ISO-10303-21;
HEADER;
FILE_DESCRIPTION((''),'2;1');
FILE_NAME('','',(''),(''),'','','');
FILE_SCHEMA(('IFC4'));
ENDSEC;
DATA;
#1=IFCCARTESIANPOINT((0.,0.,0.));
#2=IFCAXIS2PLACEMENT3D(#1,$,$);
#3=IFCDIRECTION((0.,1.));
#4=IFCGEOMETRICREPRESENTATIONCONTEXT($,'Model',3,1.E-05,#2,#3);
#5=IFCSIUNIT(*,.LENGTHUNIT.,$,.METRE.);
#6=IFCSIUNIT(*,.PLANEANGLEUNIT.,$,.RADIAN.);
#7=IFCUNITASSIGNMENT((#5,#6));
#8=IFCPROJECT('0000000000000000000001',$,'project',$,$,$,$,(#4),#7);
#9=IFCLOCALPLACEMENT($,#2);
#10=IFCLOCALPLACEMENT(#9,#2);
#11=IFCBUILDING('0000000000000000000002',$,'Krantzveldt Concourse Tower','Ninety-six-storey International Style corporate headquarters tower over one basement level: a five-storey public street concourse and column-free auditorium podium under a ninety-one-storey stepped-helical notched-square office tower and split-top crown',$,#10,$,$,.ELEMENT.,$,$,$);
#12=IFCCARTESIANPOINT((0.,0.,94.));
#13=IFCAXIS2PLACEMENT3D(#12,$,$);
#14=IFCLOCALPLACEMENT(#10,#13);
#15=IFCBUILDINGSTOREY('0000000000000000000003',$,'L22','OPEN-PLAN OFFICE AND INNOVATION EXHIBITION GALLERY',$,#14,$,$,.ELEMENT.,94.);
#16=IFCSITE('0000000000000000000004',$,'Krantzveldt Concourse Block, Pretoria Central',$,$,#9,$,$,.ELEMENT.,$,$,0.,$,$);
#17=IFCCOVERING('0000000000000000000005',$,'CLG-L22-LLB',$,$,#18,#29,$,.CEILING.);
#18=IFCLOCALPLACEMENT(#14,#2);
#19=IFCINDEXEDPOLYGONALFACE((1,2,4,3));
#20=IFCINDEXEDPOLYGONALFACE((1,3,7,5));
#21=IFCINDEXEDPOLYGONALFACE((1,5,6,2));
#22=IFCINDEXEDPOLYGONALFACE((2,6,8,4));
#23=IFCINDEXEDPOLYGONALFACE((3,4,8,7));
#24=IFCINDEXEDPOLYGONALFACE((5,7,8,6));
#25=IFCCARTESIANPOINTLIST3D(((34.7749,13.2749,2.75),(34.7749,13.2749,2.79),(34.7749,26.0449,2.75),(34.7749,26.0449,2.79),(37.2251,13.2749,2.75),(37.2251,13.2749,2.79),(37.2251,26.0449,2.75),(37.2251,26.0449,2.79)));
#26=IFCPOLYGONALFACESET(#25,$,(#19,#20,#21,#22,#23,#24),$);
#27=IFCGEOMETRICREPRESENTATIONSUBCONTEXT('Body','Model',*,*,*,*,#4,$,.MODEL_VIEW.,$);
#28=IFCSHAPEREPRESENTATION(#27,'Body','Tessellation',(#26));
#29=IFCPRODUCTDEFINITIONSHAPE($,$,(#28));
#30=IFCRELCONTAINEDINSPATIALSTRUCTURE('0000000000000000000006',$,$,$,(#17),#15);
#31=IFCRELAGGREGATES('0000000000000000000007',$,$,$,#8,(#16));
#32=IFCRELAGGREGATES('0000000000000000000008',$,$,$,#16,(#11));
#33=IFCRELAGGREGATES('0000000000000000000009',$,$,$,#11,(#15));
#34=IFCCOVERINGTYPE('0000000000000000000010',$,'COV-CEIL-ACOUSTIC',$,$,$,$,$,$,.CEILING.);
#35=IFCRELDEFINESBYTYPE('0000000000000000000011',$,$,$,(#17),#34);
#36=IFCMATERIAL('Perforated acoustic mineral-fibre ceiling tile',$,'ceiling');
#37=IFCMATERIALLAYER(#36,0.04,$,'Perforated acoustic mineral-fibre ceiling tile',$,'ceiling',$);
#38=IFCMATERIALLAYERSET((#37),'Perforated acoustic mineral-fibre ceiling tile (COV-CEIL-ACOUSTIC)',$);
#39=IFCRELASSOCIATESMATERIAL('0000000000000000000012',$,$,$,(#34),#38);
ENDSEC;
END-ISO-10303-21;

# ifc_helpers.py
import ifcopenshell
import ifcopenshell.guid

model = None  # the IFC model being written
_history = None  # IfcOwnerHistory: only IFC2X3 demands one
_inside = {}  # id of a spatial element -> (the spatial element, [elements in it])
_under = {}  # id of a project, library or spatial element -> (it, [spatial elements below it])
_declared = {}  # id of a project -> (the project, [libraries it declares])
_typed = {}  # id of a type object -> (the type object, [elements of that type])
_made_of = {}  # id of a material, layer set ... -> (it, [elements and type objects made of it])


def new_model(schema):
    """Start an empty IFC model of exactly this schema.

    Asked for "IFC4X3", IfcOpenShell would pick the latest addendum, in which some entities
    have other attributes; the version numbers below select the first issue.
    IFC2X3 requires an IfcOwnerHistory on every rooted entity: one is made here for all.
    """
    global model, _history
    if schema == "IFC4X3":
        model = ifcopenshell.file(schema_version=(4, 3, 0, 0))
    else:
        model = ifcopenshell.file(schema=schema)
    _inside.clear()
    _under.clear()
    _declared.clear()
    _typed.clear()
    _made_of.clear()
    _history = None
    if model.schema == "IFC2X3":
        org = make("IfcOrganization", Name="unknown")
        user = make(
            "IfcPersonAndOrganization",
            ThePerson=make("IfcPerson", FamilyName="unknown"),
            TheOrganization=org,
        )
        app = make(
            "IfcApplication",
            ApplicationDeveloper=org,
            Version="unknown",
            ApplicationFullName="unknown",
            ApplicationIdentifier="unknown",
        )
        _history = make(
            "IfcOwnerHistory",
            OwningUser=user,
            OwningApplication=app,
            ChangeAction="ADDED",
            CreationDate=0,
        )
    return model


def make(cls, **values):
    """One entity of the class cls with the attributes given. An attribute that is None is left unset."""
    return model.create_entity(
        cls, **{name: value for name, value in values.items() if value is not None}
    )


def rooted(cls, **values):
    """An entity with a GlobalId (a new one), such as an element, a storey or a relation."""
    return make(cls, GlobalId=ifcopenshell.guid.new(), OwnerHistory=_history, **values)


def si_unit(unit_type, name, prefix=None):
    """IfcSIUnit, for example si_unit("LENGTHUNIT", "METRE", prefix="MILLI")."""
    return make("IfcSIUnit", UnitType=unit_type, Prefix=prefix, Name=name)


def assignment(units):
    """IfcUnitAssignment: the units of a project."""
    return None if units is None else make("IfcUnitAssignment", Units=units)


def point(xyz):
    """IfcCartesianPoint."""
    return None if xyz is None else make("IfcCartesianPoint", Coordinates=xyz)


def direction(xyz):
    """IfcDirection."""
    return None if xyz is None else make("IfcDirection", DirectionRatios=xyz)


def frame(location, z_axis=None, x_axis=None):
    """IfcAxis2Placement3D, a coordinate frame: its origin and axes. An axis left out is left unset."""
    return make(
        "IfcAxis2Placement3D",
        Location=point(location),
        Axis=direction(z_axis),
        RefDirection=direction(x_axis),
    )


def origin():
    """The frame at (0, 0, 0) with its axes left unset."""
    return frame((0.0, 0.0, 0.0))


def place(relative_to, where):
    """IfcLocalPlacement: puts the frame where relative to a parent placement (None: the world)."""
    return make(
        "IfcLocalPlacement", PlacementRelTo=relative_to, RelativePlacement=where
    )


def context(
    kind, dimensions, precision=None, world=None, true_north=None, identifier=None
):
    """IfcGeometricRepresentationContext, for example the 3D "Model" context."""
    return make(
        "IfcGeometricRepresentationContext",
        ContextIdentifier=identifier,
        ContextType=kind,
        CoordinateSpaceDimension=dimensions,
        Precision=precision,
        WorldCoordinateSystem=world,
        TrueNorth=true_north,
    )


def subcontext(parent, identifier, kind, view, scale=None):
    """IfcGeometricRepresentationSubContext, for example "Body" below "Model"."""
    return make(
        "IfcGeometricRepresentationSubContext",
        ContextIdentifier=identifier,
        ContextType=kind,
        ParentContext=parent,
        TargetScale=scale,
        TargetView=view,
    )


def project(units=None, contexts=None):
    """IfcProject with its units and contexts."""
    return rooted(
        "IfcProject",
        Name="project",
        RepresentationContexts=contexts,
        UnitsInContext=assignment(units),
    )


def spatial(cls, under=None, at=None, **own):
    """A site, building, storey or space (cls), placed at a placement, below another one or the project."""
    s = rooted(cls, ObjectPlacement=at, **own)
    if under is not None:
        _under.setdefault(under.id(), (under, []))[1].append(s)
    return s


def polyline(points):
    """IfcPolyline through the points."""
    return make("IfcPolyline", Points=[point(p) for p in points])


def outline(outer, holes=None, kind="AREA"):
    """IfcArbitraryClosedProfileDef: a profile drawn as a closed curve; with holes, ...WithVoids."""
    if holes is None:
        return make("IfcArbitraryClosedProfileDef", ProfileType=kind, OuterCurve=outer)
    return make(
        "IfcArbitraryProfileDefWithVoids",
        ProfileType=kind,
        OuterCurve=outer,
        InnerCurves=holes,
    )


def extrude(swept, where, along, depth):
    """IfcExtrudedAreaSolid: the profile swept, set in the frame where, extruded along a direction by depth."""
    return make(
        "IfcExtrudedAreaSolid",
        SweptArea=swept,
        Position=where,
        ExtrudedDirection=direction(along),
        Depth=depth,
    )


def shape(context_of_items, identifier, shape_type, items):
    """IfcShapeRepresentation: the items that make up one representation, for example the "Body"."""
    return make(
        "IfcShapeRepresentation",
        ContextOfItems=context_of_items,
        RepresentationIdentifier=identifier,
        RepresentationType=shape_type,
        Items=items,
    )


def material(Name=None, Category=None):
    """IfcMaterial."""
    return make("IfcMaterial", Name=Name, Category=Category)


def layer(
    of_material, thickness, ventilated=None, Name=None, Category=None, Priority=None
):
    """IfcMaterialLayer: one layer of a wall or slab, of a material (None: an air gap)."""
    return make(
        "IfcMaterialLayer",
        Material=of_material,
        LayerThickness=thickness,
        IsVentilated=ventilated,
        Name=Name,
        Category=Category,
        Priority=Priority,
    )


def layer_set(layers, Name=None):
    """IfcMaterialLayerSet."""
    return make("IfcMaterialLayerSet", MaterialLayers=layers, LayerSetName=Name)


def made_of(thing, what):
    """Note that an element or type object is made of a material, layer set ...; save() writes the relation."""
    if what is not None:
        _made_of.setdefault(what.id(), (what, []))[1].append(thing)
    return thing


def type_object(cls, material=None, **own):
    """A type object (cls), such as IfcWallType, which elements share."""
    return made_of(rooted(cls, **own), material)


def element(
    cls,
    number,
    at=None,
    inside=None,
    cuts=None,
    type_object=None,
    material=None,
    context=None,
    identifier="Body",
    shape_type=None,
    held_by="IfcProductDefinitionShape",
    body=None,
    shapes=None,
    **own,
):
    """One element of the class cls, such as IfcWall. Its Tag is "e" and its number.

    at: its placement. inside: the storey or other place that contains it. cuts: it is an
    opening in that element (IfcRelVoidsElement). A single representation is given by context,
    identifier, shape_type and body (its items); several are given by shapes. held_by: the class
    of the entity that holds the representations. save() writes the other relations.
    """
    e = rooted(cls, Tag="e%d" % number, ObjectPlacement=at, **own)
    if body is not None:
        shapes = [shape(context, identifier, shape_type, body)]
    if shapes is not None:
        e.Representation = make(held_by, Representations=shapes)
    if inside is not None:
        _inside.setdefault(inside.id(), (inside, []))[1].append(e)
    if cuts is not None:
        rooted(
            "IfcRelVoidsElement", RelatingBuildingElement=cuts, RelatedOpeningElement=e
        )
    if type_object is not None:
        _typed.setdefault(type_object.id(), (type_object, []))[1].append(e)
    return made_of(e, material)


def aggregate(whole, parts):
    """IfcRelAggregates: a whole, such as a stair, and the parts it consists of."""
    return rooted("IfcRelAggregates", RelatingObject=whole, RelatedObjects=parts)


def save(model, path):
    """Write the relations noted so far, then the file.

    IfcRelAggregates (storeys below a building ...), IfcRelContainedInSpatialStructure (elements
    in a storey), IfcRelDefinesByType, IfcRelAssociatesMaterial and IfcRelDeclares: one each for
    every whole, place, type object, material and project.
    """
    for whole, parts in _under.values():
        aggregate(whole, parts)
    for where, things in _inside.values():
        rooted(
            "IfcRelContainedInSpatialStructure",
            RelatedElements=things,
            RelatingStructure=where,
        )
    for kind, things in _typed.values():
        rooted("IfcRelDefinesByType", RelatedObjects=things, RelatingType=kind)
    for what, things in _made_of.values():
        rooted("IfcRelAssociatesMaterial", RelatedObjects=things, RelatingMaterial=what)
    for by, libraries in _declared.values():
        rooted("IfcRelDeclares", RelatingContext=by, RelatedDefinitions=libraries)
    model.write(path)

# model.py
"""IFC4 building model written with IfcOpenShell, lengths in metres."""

from ifc_helpers import new_model, si_unit, direction, frame, origin, place, context, subcontext, project, spatial, polyline, outline, extrude, material, layer, layer_set, type_object, element, save


model = new_model("IFC4")

# Units and contexts
model_context = context("Model", 3, precision=1e-05, world=origin(), true_north=direction((0.0, 1.0)))
body_context = subcontext(model_context, "Body", "Model", "MODEL_VIEW")
ifc_project = project(units=[si_unit("LENGTHUNIT", "METRE"), si_unit("PLANEANGLEUNIT", "RADIAN")], contexts=[model_context])

# Site, building, storey
site_placement = place(None, origin())
site = spatial("IfcSite", under=ifc_project, at=site_placement, Name="Krantzveldt Concourse Block, Pretoria Central", CompositionType="ELEMENT", RefElevation=0.0)
building_placement = place(site_placement, origin())
building = spatial("IfcBuilding", under=site, at=building_placement, Name="Krantzveldt Concourse Tower", Description="Ninety-six-storey International Style corporate headquarters tower over one basement level: a five-storey public street concourse and column-free auditorium podium under a ninety-one-storey stepped-helical notched-square office tower and split-top crown", CompositionType="ELEMENT")
storey_placement = place(building_placement, frame((0.0, 0.0, 94.0)))
storey = spatial("IfcBuildingStorey", under=building, at=storey_placement, Name="L22", Description="OPEN-PLAN OFFICE AND INNOVATION EXHIBITION GALLERY", CompositionType="ELEMENT", Elevation=94.0)

# Covering
ifc_material_1 = material(Name="Perforated acoustic mineral-fibre ceiling tile", Category="ceiling")
ifc_layer_1 = layer(ifc_material_1, 0.04, Name="Perforated acoustic mineral-fibre ceiling tile", Category="ceiling")
ifc_layer_set_1 = layer_set([ifc_layer_1], Name="Perforated acoustic mineral-fibre ceiling tile (COV-CEIL-ACOUSTIC)")
covering_type = type_object("IfcCoveringType", Name="COV-CEIL-ACOUSTIC", PredefinedType="CEILING", material=ifc_layer_set_1)
covering_placement = place(storey_placement, frame((0.0, 0.0, 2.75)))
element("IfcCovering", 1, at=covering_placement, inside=storey, type_object=covering_type, Name="CLG-L22-LLB", PredefinedType="CEILING", context=body_context, shape_type="SweptSolid", body=[
    extrude(outline(polyline([(37.2251, 13.2749), (34.7749, 13.2749), (34.7749, 26.0449), (37.2251, 26.0449), (37.2251, 13.2749)])), origin(), (0.0, 0.0, 1.0), 0.04),
])

save(model, "model.ifc")
